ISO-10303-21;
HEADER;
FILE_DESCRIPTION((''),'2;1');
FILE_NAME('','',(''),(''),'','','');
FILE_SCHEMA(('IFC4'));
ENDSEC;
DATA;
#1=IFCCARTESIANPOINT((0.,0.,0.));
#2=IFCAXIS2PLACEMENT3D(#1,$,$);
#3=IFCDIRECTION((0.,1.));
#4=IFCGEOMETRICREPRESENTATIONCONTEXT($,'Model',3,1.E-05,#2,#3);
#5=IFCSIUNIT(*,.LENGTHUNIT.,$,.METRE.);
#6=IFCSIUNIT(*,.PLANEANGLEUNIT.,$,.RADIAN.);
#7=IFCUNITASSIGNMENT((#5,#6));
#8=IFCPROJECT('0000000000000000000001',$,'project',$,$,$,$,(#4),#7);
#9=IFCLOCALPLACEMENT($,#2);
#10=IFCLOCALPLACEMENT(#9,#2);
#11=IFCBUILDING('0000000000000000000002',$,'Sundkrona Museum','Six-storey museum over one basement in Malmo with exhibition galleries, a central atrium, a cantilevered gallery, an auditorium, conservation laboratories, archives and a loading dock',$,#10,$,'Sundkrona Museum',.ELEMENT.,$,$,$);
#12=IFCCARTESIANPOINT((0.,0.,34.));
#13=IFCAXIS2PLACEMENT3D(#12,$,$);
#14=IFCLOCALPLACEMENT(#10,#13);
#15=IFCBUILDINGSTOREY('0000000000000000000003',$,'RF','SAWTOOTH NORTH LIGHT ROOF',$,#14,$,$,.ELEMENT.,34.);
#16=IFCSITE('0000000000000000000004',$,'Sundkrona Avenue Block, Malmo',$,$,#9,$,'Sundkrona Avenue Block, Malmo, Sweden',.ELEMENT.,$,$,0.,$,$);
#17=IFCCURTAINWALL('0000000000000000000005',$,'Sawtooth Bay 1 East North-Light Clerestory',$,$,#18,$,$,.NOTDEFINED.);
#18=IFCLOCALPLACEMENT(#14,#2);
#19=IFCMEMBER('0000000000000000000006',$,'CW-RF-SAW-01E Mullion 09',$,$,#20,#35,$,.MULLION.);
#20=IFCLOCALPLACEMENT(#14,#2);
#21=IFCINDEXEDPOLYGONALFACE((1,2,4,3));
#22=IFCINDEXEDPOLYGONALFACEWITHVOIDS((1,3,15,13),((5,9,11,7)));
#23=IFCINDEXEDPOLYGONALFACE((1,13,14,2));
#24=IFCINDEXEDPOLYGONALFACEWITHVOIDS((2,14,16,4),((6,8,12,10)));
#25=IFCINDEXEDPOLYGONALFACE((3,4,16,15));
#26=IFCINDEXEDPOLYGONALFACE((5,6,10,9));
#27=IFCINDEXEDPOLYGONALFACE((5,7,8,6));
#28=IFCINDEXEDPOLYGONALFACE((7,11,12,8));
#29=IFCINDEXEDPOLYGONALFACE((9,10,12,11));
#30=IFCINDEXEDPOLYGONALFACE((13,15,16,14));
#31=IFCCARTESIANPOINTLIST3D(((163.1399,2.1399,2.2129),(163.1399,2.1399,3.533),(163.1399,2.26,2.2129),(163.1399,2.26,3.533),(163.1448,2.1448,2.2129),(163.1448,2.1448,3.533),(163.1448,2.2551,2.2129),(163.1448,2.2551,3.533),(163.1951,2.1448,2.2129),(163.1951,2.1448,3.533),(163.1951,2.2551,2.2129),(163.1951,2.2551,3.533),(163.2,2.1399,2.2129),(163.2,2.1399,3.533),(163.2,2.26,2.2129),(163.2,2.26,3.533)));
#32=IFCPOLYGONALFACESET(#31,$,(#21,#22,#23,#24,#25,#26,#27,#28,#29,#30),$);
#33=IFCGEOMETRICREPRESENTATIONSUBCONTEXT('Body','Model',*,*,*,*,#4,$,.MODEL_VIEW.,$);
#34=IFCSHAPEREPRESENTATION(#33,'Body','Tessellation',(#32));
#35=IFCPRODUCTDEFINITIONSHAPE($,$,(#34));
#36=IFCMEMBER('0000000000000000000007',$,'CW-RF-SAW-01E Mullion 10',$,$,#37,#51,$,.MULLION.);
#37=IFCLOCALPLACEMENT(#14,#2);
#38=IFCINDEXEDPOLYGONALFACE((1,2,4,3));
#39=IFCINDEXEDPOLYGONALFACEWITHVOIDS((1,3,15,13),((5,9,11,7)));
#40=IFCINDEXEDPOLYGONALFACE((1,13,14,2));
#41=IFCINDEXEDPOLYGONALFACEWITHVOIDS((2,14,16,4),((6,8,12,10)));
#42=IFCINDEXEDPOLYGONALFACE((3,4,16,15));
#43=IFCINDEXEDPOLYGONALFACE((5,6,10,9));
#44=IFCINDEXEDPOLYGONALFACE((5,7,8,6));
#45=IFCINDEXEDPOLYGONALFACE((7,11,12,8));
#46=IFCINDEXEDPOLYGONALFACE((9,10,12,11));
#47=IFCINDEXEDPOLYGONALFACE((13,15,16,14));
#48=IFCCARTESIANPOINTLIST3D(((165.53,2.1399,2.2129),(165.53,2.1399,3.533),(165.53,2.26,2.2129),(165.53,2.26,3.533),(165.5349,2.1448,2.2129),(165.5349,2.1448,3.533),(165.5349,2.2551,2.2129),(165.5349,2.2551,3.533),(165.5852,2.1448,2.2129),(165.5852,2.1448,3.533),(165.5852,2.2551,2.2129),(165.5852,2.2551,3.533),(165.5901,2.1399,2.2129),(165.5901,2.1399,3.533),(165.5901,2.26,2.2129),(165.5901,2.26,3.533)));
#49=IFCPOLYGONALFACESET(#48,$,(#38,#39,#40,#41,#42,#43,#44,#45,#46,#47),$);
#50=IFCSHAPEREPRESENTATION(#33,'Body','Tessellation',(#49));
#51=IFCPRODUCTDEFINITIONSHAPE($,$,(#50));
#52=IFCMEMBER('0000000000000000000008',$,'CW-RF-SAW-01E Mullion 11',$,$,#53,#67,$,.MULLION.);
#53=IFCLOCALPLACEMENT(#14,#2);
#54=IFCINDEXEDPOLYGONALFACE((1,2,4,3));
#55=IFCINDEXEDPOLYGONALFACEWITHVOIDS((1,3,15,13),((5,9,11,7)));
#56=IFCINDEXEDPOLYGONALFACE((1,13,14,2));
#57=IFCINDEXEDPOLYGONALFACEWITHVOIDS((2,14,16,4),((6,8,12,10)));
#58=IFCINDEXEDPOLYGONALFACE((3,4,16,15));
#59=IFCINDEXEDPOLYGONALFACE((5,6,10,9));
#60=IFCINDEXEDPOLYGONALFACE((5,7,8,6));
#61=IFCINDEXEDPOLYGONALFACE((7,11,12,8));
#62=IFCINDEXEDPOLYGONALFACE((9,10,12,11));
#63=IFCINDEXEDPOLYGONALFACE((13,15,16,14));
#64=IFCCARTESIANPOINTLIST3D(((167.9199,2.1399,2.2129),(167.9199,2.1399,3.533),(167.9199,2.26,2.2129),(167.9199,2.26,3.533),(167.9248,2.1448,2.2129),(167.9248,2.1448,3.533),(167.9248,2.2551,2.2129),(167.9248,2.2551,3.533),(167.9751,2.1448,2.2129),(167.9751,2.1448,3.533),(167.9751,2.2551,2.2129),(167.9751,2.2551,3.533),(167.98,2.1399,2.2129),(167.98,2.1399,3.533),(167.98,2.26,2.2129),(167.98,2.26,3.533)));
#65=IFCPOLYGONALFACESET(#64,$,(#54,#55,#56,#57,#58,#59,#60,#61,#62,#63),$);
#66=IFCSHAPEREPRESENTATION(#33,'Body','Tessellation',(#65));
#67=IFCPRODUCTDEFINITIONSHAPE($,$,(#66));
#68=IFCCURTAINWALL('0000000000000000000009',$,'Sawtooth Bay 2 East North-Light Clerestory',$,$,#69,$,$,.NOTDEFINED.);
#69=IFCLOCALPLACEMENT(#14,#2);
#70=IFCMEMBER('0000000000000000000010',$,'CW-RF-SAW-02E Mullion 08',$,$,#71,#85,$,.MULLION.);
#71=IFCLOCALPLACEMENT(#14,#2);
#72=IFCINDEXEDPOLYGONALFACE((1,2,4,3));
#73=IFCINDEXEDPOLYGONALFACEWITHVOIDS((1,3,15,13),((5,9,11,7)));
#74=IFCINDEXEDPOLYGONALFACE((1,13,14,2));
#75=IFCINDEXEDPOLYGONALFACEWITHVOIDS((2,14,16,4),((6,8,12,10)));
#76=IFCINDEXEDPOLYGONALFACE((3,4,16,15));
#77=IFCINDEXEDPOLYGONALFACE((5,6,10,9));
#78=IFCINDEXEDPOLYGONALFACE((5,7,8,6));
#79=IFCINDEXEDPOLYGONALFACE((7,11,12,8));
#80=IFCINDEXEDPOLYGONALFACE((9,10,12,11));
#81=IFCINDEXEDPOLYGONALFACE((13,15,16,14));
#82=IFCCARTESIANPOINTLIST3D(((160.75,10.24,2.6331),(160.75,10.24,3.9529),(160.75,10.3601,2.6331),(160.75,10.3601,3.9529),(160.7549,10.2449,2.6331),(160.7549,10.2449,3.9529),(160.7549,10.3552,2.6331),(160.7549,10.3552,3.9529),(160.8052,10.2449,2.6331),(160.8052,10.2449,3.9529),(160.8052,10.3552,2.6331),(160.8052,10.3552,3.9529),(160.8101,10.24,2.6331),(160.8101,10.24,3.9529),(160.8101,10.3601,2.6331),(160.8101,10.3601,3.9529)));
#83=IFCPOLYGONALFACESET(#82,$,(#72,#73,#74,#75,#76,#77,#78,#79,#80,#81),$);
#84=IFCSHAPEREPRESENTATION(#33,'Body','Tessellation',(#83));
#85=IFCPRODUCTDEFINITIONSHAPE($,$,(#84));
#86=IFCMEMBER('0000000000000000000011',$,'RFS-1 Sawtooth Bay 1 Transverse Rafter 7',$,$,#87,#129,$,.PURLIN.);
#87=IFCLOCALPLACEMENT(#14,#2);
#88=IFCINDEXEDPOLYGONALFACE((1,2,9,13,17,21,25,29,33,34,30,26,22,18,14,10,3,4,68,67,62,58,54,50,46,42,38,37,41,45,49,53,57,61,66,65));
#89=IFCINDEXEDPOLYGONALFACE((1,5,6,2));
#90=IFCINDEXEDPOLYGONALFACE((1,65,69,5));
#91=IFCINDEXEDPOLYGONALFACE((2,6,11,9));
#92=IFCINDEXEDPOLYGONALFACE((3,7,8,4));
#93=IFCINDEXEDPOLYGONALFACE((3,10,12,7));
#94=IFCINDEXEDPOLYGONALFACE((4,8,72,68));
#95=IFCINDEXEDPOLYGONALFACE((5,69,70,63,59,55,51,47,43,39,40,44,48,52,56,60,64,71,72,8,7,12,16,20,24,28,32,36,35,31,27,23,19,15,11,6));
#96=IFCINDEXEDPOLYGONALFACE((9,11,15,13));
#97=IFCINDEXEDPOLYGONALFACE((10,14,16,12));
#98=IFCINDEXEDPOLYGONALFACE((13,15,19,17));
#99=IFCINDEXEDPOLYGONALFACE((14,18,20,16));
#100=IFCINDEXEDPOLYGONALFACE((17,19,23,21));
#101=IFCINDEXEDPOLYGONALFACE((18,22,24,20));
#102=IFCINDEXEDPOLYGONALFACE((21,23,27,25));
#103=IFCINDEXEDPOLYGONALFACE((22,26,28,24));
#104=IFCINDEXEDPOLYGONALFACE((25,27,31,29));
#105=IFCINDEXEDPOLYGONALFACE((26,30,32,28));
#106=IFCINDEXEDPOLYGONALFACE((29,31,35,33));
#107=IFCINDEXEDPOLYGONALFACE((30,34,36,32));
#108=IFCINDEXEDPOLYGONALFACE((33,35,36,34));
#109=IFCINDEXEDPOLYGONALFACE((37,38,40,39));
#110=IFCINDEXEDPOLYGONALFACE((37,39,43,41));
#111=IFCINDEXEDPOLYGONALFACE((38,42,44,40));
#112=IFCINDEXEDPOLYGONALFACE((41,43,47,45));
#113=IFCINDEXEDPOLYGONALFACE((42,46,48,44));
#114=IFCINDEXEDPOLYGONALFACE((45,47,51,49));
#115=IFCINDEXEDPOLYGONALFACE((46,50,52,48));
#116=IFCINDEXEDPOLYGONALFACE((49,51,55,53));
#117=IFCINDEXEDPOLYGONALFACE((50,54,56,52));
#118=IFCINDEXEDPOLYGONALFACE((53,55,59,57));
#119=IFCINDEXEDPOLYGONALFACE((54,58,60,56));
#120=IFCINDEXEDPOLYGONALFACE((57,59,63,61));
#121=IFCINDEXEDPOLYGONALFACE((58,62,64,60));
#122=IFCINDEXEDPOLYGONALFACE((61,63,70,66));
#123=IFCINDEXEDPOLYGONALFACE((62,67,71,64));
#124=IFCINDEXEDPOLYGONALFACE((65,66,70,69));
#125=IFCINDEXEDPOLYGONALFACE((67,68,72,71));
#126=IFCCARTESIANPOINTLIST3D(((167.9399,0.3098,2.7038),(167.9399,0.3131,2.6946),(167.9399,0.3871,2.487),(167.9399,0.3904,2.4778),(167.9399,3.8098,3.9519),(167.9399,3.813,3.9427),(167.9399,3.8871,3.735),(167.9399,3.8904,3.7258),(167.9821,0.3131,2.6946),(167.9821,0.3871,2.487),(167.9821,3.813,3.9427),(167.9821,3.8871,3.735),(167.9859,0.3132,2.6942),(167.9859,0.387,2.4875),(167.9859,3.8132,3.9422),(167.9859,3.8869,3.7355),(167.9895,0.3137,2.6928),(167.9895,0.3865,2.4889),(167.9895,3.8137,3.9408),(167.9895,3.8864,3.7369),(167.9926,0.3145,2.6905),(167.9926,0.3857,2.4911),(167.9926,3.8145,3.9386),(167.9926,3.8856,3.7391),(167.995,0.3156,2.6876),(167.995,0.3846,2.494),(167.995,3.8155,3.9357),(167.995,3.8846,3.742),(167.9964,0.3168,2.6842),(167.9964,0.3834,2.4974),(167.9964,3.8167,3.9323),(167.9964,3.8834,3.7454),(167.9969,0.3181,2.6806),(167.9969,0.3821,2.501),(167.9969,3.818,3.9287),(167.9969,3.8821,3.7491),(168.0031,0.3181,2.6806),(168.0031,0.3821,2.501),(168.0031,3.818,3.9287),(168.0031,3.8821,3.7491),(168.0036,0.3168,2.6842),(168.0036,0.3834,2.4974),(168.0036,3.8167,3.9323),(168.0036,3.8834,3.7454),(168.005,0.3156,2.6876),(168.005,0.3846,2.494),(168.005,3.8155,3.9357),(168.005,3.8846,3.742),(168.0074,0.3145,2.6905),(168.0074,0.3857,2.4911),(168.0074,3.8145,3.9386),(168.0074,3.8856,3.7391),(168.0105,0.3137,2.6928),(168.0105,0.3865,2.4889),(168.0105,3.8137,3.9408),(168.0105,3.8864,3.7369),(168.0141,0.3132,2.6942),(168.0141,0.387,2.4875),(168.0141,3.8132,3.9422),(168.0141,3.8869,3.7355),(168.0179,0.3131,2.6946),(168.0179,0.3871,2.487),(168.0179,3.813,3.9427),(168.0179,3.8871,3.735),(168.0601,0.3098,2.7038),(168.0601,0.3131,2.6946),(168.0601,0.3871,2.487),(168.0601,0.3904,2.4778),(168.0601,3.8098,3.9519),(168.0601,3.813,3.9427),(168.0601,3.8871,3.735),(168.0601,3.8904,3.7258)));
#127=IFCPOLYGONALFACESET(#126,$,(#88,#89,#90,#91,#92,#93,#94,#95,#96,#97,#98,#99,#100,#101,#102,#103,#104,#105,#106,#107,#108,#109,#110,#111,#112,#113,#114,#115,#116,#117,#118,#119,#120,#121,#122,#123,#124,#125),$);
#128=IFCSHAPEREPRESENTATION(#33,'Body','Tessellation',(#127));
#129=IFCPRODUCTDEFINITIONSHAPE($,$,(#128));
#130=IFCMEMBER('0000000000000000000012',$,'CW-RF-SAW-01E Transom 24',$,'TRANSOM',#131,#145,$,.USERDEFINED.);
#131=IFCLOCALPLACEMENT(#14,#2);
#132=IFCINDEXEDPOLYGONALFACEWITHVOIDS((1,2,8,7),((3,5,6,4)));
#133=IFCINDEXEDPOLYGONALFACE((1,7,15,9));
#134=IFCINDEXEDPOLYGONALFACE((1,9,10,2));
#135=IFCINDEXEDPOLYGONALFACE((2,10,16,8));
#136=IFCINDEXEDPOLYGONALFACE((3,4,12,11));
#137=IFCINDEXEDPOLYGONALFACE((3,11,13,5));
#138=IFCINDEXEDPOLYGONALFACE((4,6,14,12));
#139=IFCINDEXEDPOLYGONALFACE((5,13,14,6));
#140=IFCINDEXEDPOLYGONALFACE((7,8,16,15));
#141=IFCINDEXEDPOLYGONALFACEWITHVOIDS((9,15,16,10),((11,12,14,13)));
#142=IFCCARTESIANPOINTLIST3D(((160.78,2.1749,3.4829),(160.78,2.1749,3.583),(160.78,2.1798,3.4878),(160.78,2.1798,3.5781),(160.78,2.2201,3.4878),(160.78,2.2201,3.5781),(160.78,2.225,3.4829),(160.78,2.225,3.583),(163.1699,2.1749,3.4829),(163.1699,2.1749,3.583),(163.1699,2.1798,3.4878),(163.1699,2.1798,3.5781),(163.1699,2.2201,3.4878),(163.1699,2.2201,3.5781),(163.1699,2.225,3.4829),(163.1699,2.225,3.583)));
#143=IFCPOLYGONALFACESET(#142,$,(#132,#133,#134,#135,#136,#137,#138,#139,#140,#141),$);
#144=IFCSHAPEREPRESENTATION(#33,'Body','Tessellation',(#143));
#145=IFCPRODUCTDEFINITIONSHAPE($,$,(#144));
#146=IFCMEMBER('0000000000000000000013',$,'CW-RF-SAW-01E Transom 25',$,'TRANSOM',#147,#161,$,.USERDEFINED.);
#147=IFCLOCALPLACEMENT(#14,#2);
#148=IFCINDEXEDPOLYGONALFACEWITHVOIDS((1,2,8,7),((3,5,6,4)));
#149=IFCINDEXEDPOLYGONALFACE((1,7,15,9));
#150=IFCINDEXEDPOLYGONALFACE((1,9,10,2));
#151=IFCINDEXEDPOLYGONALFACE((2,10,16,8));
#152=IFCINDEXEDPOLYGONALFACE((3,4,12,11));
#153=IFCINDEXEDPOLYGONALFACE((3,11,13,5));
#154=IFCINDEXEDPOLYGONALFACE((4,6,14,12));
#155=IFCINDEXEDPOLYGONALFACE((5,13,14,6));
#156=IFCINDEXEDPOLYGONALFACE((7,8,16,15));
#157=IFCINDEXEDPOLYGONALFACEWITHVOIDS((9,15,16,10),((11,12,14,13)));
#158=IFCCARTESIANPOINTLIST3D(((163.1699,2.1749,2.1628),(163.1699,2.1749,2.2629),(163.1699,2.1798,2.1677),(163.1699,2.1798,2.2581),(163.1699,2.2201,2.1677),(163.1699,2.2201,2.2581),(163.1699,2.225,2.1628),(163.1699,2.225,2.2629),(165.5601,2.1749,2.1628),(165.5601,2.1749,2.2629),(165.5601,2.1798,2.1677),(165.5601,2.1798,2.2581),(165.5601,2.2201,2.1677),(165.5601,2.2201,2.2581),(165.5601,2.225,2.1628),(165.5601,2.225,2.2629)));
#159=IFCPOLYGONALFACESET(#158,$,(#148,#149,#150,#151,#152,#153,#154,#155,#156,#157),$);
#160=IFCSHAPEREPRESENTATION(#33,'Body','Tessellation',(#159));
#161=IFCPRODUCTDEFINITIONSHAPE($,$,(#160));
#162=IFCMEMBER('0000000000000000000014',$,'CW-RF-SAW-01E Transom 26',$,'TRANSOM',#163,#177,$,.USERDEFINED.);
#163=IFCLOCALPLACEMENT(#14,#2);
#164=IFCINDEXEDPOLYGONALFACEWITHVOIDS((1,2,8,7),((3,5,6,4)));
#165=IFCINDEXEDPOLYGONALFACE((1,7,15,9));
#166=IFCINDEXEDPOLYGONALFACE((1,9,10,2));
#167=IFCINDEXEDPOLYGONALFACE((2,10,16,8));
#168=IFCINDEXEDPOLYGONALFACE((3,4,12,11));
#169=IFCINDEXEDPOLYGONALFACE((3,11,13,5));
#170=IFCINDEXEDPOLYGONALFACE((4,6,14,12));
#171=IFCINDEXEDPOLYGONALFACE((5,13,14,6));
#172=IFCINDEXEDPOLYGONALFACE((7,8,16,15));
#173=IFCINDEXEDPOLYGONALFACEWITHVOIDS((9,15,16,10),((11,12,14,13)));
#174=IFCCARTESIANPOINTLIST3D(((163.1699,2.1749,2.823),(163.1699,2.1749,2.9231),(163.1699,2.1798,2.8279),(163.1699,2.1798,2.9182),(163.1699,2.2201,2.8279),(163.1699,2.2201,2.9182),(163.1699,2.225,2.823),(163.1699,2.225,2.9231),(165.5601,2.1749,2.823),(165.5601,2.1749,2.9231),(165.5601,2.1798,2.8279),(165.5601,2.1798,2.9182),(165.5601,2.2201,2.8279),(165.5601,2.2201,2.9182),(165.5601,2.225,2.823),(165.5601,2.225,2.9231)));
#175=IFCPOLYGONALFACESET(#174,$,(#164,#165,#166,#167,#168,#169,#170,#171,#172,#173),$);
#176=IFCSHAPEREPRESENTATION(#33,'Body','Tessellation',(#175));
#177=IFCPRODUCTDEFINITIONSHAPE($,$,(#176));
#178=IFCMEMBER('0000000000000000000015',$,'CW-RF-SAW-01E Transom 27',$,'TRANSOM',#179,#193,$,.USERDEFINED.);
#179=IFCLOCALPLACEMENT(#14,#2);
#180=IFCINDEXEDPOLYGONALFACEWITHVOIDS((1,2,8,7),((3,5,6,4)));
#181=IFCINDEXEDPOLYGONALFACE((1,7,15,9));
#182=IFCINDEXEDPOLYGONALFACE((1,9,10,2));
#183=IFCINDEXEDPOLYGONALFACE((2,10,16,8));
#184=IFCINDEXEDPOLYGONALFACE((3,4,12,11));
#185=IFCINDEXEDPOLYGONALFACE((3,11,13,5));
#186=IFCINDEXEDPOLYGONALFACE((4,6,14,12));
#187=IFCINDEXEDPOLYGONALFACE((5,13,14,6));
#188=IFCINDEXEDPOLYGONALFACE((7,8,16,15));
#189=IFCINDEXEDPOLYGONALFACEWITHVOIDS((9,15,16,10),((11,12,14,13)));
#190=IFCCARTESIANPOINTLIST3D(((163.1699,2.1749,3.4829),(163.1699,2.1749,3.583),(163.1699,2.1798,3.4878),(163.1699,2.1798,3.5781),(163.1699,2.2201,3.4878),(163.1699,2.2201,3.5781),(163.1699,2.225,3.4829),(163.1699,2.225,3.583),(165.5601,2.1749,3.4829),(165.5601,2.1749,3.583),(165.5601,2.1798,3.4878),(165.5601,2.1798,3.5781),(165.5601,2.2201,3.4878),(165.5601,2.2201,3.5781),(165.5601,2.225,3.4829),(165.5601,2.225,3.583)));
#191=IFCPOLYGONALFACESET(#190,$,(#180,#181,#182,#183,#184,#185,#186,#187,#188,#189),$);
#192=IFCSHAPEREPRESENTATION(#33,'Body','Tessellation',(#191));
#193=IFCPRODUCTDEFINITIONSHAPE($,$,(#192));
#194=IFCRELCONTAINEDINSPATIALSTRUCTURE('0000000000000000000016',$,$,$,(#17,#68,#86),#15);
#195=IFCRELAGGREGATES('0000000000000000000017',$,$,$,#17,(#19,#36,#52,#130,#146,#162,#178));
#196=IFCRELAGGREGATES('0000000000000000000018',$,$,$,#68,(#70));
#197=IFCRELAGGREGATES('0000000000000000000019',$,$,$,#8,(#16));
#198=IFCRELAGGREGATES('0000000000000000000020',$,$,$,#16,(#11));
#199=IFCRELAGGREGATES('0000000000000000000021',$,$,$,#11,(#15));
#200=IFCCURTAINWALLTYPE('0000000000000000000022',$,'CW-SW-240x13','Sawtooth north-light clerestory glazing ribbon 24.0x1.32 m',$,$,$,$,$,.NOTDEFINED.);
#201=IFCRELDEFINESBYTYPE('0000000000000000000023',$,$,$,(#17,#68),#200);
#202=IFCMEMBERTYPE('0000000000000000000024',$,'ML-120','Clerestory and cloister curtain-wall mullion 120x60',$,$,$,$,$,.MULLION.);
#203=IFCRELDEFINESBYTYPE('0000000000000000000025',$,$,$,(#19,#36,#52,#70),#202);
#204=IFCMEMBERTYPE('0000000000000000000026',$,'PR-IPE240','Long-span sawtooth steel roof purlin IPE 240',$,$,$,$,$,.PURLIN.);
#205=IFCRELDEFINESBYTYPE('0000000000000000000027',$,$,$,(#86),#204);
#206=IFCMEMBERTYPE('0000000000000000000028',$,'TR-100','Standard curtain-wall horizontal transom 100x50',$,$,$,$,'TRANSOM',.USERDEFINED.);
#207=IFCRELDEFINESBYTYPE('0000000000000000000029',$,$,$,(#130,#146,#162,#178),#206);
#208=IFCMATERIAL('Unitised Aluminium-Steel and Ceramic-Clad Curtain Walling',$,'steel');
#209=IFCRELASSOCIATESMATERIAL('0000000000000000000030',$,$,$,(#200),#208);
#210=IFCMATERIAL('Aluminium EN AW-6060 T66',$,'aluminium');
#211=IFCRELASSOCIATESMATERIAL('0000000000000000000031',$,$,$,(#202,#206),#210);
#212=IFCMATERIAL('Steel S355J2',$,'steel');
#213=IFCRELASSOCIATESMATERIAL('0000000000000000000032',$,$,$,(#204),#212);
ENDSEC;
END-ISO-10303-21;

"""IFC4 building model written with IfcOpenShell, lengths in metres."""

from ifc_helpers import new_model, si_unit, direction, frame, origin, origin_2d, place, context, subcontext, project, spatial, hollow_rectangle, i_section, extrude, material, material_profile, profile_set, type_object, element, aggregate, save


model = new_model("IFC4")

# Units and contexts
model_context = context("Model", 3, precision=1e-05, world=origin(), true_north=direction((0.0, 1.0)))
body_context = subcontext(model_context, "Body", "Model", "MODEL_VIEW")
ifc_project = project(units=[si_unit("LENGTHUNIT", "METRE"), si_unit("PLANEANGLEUNIT", "RADIAN")], contexts=[model_context])

# Site, building, storey
site_placement = place(None, origin())
site = spatial("IfcSite", under=ifc_project, at=site_placement, Name="Sundkrona Avenue Block, Malmo", LongName="Sundkrona Avenue Block, Malmo, Sweden", CompositionType="ELEMENT", RefElevation=0.0)
building_placement = place(site_placement, origin())
building = spatial("IfcBuilding", under=site, at=building_placement, Name="Sundkrona Museum", Description="Six-storey museum over one basement in Malmo with exhibition galleries, a central atrium, a cantilevered gallery, an auditorium, conservation laboratories, archives and a loading dock", LongName="Sundkrona Museum", CompositionType="ELEMENT")
storey_placement = place(building_placement, frame((0.0, 0.0, 34.0)))
storey = spatial("IfcBuildingStorey", under=building, at=storey_placement, Name="RF", Description="SAWTOOTH NORTH LIGHT ROOF", CompositionType="ELEMENT", Elevation=34.0)

# Curtain wall, members
ifc_material_1 = material(Name="Unitised Aluminium-Steel and Ceramic-Clad Curtain Walling", Category="steel")
curtain_wall_type = type_object("IfcCurtainWallType", Name="CW-SW-240x13", Description="Sawtooth north-light clerestory glazing ribbon 24.0x1.32 m", PredefinedType="NOTDEFINED", material=ifc_material_1)
curtain_wall_1_placement = place(storey_placement, origin())
curtain_wall_1 = element("IfcCurtainWall", 1, at=curtain_wall_1_placement, inside=storey, type_object=curtain_wall_type, Name="Sawtooth Bay 1 East North-Light Clerestory", PredefinedType="NOTDEFINED")
ifc_material_2 = material(Name="Aluminium EN AW-6060 T66", Category="aluminium")
ifc_material_profile_1 = material_profile(ifc_material_2, hollow_rectangle(XDim=0.0601, YDim=0.1201, WallThickness=0.0049, at=origin_2d()), Name="RHS 120x60x5.0")
ifc_profile_set_1 = profile_set([ifc_material_profile_1], Name="Aluminium EN AW-6060 T66")
member_type_1 = type_object("IfcMemberType", Name="ML-120", Description="Clerestory and cloister curtain-wall mullion 120x60", PredefinedType="MULLION", material=ifc_profile_set_1)
member_1_placement = place(storey_placement, frame((163.1699, 2.2, 2.2129), z_axis=(0.0, 0.0, 1.0), x_axis=(1.0, 0.0, 0.0)))
member_1 = element("IfcMember", 2, at=member_1_placement, type_object=member_type_1, Name="CW-RF-SAW-01E Mullion 09", PredefinedType="MULLION", context=body_context, shape_type="SweptSolid", body=[
    extrude(hollow_rectangle(XDim=0.0601, YDim=0.1201, WallThickness=0.0049, at=origin_2d()), origin(), (0.0, 0.0, 1.0), 1.3201),
])
member_2_placement = place(storey_placement, frame((165.5601, 2.2, 2.2129), z_axis=(0.0, 0.0, 1.0), x_axis=(1.0, 0.0, 0.0)))
member_2 = element("IfcMember", 3, at=member_2_placement, type_object=member_type_1, Name="CW-RF-SAW-01E Mullion 10", PredefinedType="MULLION", context=body_context, shape_type="SweptSolid", body=[
    extrude(hollow_rectangle(XDim=0.0601, YDim=0.1201, WallThickness=0.0049, at=origin_2d()), origin(), (0.0, 0.0, 1.0), 1.3201),
])
member_3_placement = place(storey_placement, frame((167.95, 2.2, 2.2129), z_axis=(0.0, 0.0, 1.0), x_axis=(1.0, 0.0, 0.0)))
member_3 = element("IfcMember", 4, at=member_3_placement, type_object=member_type_1, Name="CW-RF-SAW-01E Mullion 11", PredefinedType="MULLION", context=body_context, shape_type="SweptSolid", body=[
    extrude(hollow_rectangle(XDim=0.0601, YDim=0.1201, WallThickness=0.0049, at=origin_2d()), origin(), (0.0, 0.0, 1.0), 1.3201),
])

# Curtain wall, member
curtain_wall_2_placement = place(storey_placement, origin())
curtain_wall_2 = element("IfcCurtainWall", 5, at=curtain_wall_2_placement, inside=storey, type_object=curtain_wall_type, Name="Sawtooth Bay 2 East North-Light Clerestory", PredefinedType="NOTDEFINED")
member_4_placement = place(storey_placement, frame((160.78, 10.3, 2.6331), z_axis=(0.0, 0.0, 1.0), x_axis=(1.0, 0.0, 0.0)))
member_4 = element("IfcMember", 6, at=member_4_placement, type_object=member_type_1, Name="CW-RF-SAW-02E Mullion 08", PredefinedType="MULLION", context=body_context, shape_type="SweptSolid", body=[
    extrude(hollow_rectangle(XDim=0.0601, YDim=0.1201, WallThickness=0.0049, at=origin_2d()), origin(), (0.0, 0.0, 1.0), 1.3198),
])

# Members
ifc_material_3 = material(Name="Steel S355J2", Category="steel")
ifc_material_profile_2 = material_profile(ifc_material_3, i_section(OverallWidth=0.1201, OverallDepth=0.24, WebThickness=0.0061, FlangeThickness=0.0098, FilletRadius=0.0149, at=origin_2d()), Name="IPE 240")
ifc_profile_set_2 = profile_set([ifc_material_profile_2], Name="Steel S355J2")
member_type_2 = type_object("IfcMemberType", Name="PR-IPE240", Description="Long-span sawtooth steel roof purlin IPE 240", PredefinedType="PURLIN", material=ifc_profile_set_2)
member_5_placement = place(storey_placement, frame((168.0, 0.3501, 2.5908), z_axis=(0.0, 0.941908, 0.33587), x_axis=(-1.0, 0.0, 0.0)))
element("IfcMember", 7, at=member_5_placement, inside=storey, type_object=member_type_2, Name="RFS-1 Sawtooth Bay 1 Transverse Rafter 7", PredefinedType="PURLIN", context=body_context, shape_type="SweptSolid", body=[
    extrude(i_section(OverallWidth=0.1201, OverallDepth=0.24, WebThickness=0.0061, FlangeThickness=0.0098, FilletRadius=0.0149, at=origin_2d()), origin(), (0.0, 0.0, 1.0), 3.7158),
])
ifc_material_profile_3 = material_profile(ifc_material_2, hollow_rectangle(XDim=0.05, YDim=0.1001, WallThickness=0.0049, at=origin_2d()), Name="RHS 100x50x5.0")
ifc_profile_set_3 = profile_set([ifc_material_profile_3], Name="Aluminium EN AW-6060 T66")
member_type_3 = type_object("IfcMemberType", Name="TR-100", Description="Standard curtain-wall horizontal transom 100x50", ElementType="TRANSOM", PredefinedType="USERDEFINED", material=ifc_profile_set_3)
member_6_placement = place(storey_placement, frame((160.78, 2.2, 3.533), z_axis=(1.0, 0.0, 0.0), x_axis=(0.0, 1.0, 0.0)))
member_6 = element("IfcMember", 8, at=member_6_placement, type_object=member_type_3, Name="CW-RF-SAW-01E Transom 24", ObjectType="TRANSOM", PredefinedType="USERDEFINED", context=body_context, shape_type="SweptSolid", body=[
    extrude(hollow_rectangle(XDim=0.05, YDim=0.1001, WallThickness=0.0049, at=origin_2d()), origin(), (0.0, 0.0, 1.0), 2.3899),
])
member_7_placement = place(storey_placement, frame((163.1699, 2.2, 2.2129), z_axis=(1.0, 0.0, 0.0), x_axis=(0.0, 1.0, 0.0)))
member_7 = element("IfcMember", 9, at=member_7_placement, type_object=member_type_3, Name="CW-RF-SAW-01E Transom 25", ObjectType="TRANSOM", PredefinedType="USERDEFINED", context=body_context, shape_type="SweptSolid", body=[
    extrude(hollow_rectangle(XDim=0.05, YDim=0.1001, WallThickness=0.0049, at=origin_2d()), origin(), (0.0, 0.0, 1.0), 2.3901),
])
member_8_placement = place(storey_placement, frame((163.1699, 2.2, 2.873), z_axis=(1.0, 0.0, 0.0), x_axis=(0.0, 1.0, 0.0)))
member_8 = element("IfcMember", 10, at=member_8_placement, type_object=member_type_3, Name="CW-RF-SAW-01E Transom 26", ObjectType="TRANSOM", PredefinedType="USERDEFINED", context=body_context, shape_type="SweptSolid", body=[
    extrude(hollow_rectangle(XDim=0.05, YDim=0.1001, WallThickness=0.0049, at=origin_2d()), origin(), (0.0, 0.0, 1.0), 2.3901),
])
member_9_placement = place(storey_placement, frame((163.1699, 2.2, 3.533), z_axis=(1.0, 0.0, 0.0), x_axis=(0.0, 1.0, 0.0)))
member_9 = element("IfcMember", 11, at=member_9_placement, type_object=member_type_3, Name="CW-RF-SAW-01E Transom 27", ObjectType="TRANSOM", PredefinedType="USERDEFINED", context=body_context, shape_type="SweptSolid", body=[
    extrude(hollow_rectangle(XDim=0.05, YDim=0.1001, WallThickness=0.0049, at=origin_2d()), origin(), (0.0, 0.0, 1.0), 2.3901),
])

aggregate(curtain_wall_1, [member_1, member_2, member_3, member_6, member_7, member_8, member_9])
aggregate(curtain_wall_2, [member_4])

save(model, "model.ifc")
